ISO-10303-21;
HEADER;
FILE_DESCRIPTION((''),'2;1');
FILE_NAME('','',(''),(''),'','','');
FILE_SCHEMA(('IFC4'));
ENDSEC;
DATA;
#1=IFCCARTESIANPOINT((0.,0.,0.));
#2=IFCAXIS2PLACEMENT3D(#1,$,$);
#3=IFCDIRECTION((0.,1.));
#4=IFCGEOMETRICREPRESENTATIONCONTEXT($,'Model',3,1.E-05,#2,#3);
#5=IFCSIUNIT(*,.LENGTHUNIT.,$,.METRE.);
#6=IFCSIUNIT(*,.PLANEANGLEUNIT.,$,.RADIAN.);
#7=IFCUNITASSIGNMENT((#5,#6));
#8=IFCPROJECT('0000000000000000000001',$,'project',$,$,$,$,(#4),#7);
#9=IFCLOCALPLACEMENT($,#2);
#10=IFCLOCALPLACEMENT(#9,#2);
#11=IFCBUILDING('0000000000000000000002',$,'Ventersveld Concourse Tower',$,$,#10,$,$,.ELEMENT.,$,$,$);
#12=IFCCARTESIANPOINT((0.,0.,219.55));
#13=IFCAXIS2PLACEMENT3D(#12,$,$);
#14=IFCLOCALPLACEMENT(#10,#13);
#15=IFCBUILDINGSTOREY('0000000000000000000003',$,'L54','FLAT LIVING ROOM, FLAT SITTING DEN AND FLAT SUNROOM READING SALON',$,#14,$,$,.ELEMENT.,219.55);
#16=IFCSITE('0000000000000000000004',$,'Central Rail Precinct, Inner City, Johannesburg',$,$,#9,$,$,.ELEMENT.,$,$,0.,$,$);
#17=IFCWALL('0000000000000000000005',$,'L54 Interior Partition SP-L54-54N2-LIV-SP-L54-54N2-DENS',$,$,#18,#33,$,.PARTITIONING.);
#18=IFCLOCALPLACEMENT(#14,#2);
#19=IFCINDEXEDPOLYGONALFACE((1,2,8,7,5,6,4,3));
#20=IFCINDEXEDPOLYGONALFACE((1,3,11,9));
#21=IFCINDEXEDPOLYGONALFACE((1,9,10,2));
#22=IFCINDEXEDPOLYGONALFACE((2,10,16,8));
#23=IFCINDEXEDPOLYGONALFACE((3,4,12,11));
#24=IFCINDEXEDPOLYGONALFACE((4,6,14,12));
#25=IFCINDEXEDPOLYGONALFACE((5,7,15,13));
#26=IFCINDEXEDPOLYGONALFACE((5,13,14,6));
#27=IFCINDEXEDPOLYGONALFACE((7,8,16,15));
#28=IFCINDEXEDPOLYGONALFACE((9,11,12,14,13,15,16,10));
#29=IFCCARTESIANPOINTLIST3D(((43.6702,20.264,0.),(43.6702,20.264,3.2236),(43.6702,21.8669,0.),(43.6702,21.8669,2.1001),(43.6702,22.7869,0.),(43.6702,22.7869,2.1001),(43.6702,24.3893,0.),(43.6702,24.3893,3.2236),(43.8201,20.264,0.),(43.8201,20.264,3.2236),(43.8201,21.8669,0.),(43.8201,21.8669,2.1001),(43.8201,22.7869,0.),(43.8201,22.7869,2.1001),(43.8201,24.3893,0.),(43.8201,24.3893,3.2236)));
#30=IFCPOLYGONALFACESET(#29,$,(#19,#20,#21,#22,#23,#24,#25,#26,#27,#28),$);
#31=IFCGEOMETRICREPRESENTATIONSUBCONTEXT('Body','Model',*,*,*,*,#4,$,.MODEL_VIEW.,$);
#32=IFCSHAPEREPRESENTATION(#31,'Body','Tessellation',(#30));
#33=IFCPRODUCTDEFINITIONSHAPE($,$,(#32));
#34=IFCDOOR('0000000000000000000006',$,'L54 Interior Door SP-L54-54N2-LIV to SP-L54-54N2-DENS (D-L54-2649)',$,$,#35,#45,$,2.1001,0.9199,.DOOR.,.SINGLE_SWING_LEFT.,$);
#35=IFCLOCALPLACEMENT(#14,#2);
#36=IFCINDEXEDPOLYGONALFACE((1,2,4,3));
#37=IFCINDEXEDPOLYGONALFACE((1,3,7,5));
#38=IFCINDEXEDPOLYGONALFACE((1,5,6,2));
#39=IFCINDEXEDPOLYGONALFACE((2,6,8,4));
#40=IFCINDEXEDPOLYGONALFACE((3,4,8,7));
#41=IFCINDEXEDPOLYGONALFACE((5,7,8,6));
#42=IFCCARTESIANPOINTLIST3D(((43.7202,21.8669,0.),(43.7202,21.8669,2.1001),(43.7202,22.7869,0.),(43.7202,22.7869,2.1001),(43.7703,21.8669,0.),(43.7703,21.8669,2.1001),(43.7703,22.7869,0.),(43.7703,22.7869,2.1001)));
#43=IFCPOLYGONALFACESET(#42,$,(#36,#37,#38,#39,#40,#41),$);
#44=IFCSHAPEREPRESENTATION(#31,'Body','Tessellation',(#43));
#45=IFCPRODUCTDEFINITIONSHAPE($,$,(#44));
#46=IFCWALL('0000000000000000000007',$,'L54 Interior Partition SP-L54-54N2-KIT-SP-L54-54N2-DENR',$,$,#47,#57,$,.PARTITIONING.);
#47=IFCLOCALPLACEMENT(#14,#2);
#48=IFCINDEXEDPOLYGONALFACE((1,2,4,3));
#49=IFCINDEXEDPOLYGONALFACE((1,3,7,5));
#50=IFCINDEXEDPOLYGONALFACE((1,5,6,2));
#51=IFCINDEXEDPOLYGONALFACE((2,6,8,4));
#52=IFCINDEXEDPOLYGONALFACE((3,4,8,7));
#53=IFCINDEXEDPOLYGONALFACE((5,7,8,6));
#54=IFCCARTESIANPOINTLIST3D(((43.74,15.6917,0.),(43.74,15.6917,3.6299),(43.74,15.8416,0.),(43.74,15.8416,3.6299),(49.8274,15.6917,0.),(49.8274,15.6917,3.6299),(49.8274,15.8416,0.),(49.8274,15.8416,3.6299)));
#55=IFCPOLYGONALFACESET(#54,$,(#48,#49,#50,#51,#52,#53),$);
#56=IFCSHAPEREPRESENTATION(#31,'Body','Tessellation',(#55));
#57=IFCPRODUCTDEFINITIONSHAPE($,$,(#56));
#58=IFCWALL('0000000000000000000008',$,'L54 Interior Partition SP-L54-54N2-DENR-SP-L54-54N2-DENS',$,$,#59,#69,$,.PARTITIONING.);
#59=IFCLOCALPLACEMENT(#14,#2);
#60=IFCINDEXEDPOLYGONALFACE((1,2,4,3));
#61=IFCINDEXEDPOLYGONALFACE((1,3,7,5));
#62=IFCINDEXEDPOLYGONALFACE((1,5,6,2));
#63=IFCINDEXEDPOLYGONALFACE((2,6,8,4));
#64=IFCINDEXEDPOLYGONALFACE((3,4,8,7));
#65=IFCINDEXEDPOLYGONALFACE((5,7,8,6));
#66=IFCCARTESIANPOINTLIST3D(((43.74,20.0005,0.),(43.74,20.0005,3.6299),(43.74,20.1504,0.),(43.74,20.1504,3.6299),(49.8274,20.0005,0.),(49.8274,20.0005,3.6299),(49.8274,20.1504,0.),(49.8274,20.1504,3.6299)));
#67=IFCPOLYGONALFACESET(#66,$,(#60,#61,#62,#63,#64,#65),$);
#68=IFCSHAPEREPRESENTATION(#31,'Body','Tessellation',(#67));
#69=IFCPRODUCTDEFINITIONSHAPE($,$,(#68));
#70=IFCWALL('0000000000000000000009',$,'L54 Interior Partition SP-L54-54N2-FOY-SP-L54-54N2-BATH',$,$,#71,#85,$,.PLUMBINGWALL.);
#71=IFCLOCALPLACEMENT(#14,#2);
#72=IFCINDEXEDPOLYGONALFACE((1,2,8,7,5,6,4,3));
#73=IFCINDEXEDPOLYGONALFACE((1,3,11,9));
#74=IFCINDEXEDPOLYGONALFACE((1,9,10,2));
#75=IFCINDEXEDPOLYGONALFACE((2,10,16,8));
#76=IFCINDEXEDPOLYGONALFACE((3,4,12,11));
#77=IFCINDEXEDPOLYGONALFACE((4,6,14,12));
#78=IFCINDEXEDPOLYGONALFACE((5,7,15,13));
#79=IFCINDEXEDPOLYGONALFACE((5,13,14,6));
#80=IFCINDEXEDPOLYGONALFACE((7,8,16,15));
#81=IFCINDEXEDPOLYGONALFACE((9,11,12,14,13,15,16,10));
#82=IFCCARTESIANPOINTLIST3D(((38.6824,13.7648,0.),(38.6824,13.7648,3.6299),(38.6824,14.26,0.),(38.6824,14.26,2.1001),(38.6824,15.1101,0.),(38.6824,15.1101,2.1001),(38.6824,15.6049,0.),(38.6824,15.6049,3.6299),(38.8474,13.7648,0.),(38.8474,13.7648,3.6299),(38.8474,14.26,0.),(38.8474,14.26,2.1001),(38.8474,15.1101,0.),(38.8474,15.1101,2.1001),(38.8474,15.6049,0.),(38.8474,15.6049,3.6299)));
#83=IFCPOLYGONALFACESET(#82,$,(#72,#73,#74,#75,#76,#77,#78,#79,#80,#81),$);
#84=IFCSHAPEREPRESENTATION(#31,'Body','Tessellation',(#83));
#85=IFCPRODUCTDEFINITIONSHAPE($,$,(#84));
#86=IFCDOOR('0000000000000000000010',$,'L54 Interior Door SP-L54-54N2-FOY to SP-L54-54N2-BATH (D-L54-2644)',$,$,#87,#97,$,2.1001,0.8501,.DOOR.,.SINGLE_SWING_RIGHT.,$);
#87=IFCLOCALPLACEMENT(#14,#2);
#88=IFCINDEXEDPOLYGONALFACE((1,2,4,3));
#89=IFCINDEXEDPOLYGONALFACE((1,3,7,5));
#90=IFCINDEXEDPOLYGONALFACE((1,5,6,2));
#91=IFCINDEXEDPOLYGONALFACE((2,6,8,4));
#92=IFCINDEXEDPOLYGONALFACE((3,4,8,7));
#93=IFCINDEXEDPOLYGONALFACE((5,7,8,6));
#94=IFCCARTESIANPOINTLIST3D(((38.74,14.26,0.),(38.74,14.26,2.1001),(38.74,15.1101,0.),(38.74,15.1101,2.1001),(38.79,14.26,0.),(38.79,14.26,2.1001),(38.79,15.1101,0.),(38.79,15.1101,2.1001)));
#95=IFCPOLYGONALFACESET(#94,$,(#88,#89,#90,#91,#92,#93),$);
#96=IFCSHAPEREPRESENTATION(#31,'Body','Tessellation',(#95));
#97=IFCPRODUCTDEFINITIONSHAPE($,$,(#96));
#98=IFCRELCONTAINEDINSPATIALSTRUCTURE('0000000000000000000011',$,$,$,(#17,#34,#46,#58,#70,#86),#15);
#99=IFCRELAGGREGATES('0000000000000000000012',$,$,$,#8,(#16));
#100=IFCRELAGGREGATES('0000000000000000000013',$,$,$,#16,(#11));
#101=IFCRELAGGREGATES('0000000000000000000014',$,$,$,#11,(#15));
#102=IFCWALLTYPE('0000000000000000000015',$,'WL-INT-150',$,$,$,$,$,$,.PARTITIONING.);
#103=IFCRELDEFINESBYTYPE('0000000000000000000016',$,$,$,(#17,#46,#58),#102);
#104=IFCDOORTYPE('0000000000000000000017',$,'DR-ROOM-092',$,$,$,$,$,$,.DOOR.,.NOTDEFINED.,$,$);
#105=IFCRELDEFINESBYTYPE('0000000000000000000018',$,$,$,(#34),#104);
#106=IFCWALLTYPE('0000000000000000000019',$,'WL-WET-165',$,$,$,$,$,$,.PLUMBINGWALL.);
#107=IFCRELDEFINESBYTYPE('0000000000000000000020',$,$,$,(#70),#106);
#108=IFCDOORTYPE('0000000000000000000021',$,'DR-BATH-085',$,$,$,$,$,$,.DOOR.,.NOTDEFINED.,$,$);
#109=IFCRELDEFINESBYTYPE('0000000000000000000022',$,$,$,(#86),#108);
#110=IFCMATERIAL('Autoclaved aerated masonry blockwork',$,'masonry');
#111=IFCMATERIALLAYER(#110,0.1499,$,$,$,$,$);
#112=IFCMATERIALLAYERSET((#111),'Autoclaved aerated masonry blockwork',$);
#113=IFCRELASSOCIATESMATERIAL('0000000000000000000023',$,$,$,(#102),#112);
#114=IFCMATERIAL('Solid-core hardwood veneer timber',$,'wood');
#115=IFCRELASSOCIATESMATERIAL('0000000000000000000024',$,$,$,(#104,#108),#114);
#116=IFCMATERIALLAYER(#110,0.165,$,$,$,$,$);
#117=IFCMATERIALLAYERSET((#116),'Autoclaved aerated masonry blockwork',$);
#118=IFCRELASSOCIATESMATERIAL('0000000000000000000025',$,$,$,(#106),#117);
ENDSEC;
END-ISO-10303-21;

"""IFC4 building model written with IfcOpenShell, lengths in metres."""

from ifc_helpers import new_model, si_unit, direction, frame, frame_2d, origin, place, context, subcontext, project, spatial, rectangle, extrude, material, layer, layer_set, type_object, element, fill, save


model = new_model("IFC4")

# Units and contexts
model_context = context("Model", 3, precision=1e-05, world=origin(), true_north=direction((0.0, 1.0)))
body_context = subcontext(model_context, "Body", "Model", "MODEL_VIEW")
ifc_project = project(units=[si_unit("LENGTHUNIT", "METRE"), si_unit("PLANEANGLEUNIT", "RADIAN")], contexts=[model_context])

# Site, building, storey
site_placement = place(None, origin())
site = spatial("IfcSite", under=ifc_project, at=site_placement, Name="Central Rail Precinct, Inner City, Johannesburg", CompositionType="ELEMENT", RefElevation=0.0)
building_placement = place(site_placement, origin())
building = spatial("IfcBuilding", under=site, at=building_placement, Name="Ventersveld Concourse Tower", CompositionType="ELEMENT")
storey_placement = place(building_placement, frame((0.0, 0.0, 219.55)))
storey = spatial("IfcBuildingStorey", under=building, at=storey_placement, Name="L54", Description="FLAT LIVING ROOM, FLAT SITTING DEN AND FLAT SUNROOM READING SALON", CompositionType="ELEMENT", Elevation=219.55)

# Shared definitions
ifc_material_1 = material(Name="Solid-core hardwood veneer timber", Category="wood")

# Wall, opening, door
ifc_material_2 = material(Name="Autoclaved aerated masonry blockwork", Category="masonry")
ifc_layer_1 = layer(ifc_material_2, 0.1499)
ifc_layer_set_1 = layer_set([ifc_layer_1], Name="Autoclaved aerated masonry blockwork")
wall_type_1 = type_object("IfcWallType", Name="WL-INT-150", PredefinedType="PARTITIONING", material=ifc_layer_set_1)
door_type_1 = type_object("IfcDoorType", Name="DR-ROOM-092", OperationType="NOTDEFINED", PredefinedType="DOOR", material=ifc_material_1)
wall_1_placement = place(storey_placement, frame((43.7451, 20.2642, 0.0), z_axis=(0.0, 0.0, 1.0), x_axis=(0.0, 1.0, 0.0)))
wall_1 = element("IfcWall", 1, at=wall_1_placement, inside=storey, type_object=wall_type_1, Name="L54 Interior Partition SP-L54-54N2-LIV-SP-L54-54N2-DENS", PredefinedType="PARTITIONING", context=body_context, shape_type="SweptSolid", body=[
    extrude(rectangle(XDim=4.1252, YDim=0.1499, at=frame_2d((2.0625, 0.0))), origin(), (0.0, 0.0, 1.0), 3.2236),
])
opening_1_placement = place(wall_1_placement, frame((1.6028, 0.0, 0.0)))
opening_1 = element("IfcOpeningElement", 2, at=opening_1_placement, cuts=wall_1, PredefinedType="OPENING", context=body_context, shape_type="SweptSolid", body=[
    extrude(rectangle(XDim=0.9199, YDim=2.1001, at=frame_2d((0.46, 1.05))), frame((0.0, 0.085, 0.0), z_axis=(0.0, -1.0, 0.0), x_axis=(1.0, 0.0, 0.0)), (0.0, 0.0, 1.0), 0.1699),
])
door_1_placement = place(opening_1_placement, origin())
door_1 = element("IfcDoor", 3, at=door_1_placement, inside=storey, type_object=door_type_1, Name="L54 Interior Door SP-L54-54N2-LIV to SP-L54-54N2-DENS (D-L54-2649)", OperationType="SINGLE_SWING_LEFT", OverallHeight=2.1001, OverallWidth=0.9199, PredefinedType="DOOR", context=body_context, shape_type="SweptSolid", body=[
    extrude(rectangle(XDim=0.9199, YDim=2.1001, at=frame_2d((0.46, 1.05))), frame((0.0, 0.0249, 0.0), z_axis=(0.0, -1.0, 0.0), x_axis=(1.0, 0.0, 0.0)), (0.0, 0.0, 1.0), 0.05),
])
fill(opening_1, door_1)

# Walls
for number, where, z_axis, x_axis, name in (
    (4, (43.74, 15.7666, 0.0), (0.0, 0.0, 1.0), (1.0, 0.0, 0.0), "L54 Interior Partition SP-L54-54N2-KIT-SP-L54-54N2-DENR"),
    (5, (43.74, 20.0754, 0.0), (0.0, 0.0, 1.0), (1.0, 0.0, 0.0), "L54 Interior Partition SP-L54-54N2-DENR-SP-L54-54N2-DENS"),
):
    element("IfcWall", number, at=place(storey_placement, frame(where, z_axis=z_axis, x_axis=x_axis)), inside=storey, type_object=wall_type_1, Name=name, PredefinedType="PARTITIONING", context=body_context, shape_type="SweptSolid", body=[
        extrude(rectangle(XDim=6.0874, YDim=0.1499, at=frame_2d((3.0437, 0.0))), origin(), (0.0, 0.0, 1.0), 3.6299),
    ])

# Wall, opening, door
ifc_layer_2 = layer(ifc_material_2, 0.165)
ifc_layer_set_2 = layer_set([ifc_layer_2], Name="Autoclaved aerated masonry blockwork")
wall_type_2 = type_object("IfcWallType", Name="WL-WET-165", PredefinedType="PLUMBINGWALL", material=ifc_layer_set_2)
wall_2_placement = place(storey_placement, frame((38.7649, 13.7649, 0.0), z_axis=(0.0, 0.0, 1.0), x_axis=(0.0, 1.0, 0.0)))
wall_2 = element("IfcWall", 6, at=wall_2_placement, inside=storey, type_object=wall_type_2, Name="L54 Interior Partition SP-L54-54N2-FOY-SP-L54-54N2-BATH", PredefinedType="PLUMBINGWALL", context=body_context, shape_type="SweptSolid", body=[
    extrude(rectangle(XDim=1.8401, YDim=0.165, at=frame_2d((0.9199, 0.0))), origin(), (0.0, 0.0, 1.0), 3.6299),
])
opening_2_placement = place(wall_2_placement, frame((0.4951, 0.0, 0.0)))
opening_2 = element("IfcOpeningElement", 7, at=opening_2_placement, cuts=wall_2, PredefinedType="OPENING", context=body_context, shape_type="SweptSolid", body=[
    extrude(rectangle(XDim=0.8501, YDim=2.1001, at=frame_2d((0.425, 1.05))), frame((0.0, 0.0925, 0.0), z_axis=(0.0, -1.0, 0.0), x_axis=(1.0, 0.0, 0.0)), (0.0, 0.0, 1.0), 0.1851),
])
door_type_2 = type_object("IfcDoorType", Name="DR-BATH-085", OperationType="NOTDEFINED", PredefinedType="DOOR", material=ifc_material_1)
door_2_placement = place(opening_2_placement, origin())
door_2 = element("IfcDoor", 8, at=door_2_placement, inside=storey, type_object=door_type_2, Name="L54 Interior Door SP-L54-54N2-FOY to SP-L54-54N2-BATH (D-L54-2644)", OperationType="SINGLE_SWING_RIGHT", OverallHeight=2.1001, OverallWidth=0.8501, PredefinedType="DOOR", context=body_context, shape_type="SweptSolid", body=[
    extrude(rectangle(XDim=0.8501, YDim=2.1001, at=frame_2d((0.425, 1.05))), frame((0.0, 0.0249, 0.0), z_axis=(0.0, -1.0, 0.0), x_axis=(1.0, 0.0, 0.0)), (0.0, 0.0, 1.0), 0.05),
])
fill(opening_2, door_2)

save(model, "model.ifc")
